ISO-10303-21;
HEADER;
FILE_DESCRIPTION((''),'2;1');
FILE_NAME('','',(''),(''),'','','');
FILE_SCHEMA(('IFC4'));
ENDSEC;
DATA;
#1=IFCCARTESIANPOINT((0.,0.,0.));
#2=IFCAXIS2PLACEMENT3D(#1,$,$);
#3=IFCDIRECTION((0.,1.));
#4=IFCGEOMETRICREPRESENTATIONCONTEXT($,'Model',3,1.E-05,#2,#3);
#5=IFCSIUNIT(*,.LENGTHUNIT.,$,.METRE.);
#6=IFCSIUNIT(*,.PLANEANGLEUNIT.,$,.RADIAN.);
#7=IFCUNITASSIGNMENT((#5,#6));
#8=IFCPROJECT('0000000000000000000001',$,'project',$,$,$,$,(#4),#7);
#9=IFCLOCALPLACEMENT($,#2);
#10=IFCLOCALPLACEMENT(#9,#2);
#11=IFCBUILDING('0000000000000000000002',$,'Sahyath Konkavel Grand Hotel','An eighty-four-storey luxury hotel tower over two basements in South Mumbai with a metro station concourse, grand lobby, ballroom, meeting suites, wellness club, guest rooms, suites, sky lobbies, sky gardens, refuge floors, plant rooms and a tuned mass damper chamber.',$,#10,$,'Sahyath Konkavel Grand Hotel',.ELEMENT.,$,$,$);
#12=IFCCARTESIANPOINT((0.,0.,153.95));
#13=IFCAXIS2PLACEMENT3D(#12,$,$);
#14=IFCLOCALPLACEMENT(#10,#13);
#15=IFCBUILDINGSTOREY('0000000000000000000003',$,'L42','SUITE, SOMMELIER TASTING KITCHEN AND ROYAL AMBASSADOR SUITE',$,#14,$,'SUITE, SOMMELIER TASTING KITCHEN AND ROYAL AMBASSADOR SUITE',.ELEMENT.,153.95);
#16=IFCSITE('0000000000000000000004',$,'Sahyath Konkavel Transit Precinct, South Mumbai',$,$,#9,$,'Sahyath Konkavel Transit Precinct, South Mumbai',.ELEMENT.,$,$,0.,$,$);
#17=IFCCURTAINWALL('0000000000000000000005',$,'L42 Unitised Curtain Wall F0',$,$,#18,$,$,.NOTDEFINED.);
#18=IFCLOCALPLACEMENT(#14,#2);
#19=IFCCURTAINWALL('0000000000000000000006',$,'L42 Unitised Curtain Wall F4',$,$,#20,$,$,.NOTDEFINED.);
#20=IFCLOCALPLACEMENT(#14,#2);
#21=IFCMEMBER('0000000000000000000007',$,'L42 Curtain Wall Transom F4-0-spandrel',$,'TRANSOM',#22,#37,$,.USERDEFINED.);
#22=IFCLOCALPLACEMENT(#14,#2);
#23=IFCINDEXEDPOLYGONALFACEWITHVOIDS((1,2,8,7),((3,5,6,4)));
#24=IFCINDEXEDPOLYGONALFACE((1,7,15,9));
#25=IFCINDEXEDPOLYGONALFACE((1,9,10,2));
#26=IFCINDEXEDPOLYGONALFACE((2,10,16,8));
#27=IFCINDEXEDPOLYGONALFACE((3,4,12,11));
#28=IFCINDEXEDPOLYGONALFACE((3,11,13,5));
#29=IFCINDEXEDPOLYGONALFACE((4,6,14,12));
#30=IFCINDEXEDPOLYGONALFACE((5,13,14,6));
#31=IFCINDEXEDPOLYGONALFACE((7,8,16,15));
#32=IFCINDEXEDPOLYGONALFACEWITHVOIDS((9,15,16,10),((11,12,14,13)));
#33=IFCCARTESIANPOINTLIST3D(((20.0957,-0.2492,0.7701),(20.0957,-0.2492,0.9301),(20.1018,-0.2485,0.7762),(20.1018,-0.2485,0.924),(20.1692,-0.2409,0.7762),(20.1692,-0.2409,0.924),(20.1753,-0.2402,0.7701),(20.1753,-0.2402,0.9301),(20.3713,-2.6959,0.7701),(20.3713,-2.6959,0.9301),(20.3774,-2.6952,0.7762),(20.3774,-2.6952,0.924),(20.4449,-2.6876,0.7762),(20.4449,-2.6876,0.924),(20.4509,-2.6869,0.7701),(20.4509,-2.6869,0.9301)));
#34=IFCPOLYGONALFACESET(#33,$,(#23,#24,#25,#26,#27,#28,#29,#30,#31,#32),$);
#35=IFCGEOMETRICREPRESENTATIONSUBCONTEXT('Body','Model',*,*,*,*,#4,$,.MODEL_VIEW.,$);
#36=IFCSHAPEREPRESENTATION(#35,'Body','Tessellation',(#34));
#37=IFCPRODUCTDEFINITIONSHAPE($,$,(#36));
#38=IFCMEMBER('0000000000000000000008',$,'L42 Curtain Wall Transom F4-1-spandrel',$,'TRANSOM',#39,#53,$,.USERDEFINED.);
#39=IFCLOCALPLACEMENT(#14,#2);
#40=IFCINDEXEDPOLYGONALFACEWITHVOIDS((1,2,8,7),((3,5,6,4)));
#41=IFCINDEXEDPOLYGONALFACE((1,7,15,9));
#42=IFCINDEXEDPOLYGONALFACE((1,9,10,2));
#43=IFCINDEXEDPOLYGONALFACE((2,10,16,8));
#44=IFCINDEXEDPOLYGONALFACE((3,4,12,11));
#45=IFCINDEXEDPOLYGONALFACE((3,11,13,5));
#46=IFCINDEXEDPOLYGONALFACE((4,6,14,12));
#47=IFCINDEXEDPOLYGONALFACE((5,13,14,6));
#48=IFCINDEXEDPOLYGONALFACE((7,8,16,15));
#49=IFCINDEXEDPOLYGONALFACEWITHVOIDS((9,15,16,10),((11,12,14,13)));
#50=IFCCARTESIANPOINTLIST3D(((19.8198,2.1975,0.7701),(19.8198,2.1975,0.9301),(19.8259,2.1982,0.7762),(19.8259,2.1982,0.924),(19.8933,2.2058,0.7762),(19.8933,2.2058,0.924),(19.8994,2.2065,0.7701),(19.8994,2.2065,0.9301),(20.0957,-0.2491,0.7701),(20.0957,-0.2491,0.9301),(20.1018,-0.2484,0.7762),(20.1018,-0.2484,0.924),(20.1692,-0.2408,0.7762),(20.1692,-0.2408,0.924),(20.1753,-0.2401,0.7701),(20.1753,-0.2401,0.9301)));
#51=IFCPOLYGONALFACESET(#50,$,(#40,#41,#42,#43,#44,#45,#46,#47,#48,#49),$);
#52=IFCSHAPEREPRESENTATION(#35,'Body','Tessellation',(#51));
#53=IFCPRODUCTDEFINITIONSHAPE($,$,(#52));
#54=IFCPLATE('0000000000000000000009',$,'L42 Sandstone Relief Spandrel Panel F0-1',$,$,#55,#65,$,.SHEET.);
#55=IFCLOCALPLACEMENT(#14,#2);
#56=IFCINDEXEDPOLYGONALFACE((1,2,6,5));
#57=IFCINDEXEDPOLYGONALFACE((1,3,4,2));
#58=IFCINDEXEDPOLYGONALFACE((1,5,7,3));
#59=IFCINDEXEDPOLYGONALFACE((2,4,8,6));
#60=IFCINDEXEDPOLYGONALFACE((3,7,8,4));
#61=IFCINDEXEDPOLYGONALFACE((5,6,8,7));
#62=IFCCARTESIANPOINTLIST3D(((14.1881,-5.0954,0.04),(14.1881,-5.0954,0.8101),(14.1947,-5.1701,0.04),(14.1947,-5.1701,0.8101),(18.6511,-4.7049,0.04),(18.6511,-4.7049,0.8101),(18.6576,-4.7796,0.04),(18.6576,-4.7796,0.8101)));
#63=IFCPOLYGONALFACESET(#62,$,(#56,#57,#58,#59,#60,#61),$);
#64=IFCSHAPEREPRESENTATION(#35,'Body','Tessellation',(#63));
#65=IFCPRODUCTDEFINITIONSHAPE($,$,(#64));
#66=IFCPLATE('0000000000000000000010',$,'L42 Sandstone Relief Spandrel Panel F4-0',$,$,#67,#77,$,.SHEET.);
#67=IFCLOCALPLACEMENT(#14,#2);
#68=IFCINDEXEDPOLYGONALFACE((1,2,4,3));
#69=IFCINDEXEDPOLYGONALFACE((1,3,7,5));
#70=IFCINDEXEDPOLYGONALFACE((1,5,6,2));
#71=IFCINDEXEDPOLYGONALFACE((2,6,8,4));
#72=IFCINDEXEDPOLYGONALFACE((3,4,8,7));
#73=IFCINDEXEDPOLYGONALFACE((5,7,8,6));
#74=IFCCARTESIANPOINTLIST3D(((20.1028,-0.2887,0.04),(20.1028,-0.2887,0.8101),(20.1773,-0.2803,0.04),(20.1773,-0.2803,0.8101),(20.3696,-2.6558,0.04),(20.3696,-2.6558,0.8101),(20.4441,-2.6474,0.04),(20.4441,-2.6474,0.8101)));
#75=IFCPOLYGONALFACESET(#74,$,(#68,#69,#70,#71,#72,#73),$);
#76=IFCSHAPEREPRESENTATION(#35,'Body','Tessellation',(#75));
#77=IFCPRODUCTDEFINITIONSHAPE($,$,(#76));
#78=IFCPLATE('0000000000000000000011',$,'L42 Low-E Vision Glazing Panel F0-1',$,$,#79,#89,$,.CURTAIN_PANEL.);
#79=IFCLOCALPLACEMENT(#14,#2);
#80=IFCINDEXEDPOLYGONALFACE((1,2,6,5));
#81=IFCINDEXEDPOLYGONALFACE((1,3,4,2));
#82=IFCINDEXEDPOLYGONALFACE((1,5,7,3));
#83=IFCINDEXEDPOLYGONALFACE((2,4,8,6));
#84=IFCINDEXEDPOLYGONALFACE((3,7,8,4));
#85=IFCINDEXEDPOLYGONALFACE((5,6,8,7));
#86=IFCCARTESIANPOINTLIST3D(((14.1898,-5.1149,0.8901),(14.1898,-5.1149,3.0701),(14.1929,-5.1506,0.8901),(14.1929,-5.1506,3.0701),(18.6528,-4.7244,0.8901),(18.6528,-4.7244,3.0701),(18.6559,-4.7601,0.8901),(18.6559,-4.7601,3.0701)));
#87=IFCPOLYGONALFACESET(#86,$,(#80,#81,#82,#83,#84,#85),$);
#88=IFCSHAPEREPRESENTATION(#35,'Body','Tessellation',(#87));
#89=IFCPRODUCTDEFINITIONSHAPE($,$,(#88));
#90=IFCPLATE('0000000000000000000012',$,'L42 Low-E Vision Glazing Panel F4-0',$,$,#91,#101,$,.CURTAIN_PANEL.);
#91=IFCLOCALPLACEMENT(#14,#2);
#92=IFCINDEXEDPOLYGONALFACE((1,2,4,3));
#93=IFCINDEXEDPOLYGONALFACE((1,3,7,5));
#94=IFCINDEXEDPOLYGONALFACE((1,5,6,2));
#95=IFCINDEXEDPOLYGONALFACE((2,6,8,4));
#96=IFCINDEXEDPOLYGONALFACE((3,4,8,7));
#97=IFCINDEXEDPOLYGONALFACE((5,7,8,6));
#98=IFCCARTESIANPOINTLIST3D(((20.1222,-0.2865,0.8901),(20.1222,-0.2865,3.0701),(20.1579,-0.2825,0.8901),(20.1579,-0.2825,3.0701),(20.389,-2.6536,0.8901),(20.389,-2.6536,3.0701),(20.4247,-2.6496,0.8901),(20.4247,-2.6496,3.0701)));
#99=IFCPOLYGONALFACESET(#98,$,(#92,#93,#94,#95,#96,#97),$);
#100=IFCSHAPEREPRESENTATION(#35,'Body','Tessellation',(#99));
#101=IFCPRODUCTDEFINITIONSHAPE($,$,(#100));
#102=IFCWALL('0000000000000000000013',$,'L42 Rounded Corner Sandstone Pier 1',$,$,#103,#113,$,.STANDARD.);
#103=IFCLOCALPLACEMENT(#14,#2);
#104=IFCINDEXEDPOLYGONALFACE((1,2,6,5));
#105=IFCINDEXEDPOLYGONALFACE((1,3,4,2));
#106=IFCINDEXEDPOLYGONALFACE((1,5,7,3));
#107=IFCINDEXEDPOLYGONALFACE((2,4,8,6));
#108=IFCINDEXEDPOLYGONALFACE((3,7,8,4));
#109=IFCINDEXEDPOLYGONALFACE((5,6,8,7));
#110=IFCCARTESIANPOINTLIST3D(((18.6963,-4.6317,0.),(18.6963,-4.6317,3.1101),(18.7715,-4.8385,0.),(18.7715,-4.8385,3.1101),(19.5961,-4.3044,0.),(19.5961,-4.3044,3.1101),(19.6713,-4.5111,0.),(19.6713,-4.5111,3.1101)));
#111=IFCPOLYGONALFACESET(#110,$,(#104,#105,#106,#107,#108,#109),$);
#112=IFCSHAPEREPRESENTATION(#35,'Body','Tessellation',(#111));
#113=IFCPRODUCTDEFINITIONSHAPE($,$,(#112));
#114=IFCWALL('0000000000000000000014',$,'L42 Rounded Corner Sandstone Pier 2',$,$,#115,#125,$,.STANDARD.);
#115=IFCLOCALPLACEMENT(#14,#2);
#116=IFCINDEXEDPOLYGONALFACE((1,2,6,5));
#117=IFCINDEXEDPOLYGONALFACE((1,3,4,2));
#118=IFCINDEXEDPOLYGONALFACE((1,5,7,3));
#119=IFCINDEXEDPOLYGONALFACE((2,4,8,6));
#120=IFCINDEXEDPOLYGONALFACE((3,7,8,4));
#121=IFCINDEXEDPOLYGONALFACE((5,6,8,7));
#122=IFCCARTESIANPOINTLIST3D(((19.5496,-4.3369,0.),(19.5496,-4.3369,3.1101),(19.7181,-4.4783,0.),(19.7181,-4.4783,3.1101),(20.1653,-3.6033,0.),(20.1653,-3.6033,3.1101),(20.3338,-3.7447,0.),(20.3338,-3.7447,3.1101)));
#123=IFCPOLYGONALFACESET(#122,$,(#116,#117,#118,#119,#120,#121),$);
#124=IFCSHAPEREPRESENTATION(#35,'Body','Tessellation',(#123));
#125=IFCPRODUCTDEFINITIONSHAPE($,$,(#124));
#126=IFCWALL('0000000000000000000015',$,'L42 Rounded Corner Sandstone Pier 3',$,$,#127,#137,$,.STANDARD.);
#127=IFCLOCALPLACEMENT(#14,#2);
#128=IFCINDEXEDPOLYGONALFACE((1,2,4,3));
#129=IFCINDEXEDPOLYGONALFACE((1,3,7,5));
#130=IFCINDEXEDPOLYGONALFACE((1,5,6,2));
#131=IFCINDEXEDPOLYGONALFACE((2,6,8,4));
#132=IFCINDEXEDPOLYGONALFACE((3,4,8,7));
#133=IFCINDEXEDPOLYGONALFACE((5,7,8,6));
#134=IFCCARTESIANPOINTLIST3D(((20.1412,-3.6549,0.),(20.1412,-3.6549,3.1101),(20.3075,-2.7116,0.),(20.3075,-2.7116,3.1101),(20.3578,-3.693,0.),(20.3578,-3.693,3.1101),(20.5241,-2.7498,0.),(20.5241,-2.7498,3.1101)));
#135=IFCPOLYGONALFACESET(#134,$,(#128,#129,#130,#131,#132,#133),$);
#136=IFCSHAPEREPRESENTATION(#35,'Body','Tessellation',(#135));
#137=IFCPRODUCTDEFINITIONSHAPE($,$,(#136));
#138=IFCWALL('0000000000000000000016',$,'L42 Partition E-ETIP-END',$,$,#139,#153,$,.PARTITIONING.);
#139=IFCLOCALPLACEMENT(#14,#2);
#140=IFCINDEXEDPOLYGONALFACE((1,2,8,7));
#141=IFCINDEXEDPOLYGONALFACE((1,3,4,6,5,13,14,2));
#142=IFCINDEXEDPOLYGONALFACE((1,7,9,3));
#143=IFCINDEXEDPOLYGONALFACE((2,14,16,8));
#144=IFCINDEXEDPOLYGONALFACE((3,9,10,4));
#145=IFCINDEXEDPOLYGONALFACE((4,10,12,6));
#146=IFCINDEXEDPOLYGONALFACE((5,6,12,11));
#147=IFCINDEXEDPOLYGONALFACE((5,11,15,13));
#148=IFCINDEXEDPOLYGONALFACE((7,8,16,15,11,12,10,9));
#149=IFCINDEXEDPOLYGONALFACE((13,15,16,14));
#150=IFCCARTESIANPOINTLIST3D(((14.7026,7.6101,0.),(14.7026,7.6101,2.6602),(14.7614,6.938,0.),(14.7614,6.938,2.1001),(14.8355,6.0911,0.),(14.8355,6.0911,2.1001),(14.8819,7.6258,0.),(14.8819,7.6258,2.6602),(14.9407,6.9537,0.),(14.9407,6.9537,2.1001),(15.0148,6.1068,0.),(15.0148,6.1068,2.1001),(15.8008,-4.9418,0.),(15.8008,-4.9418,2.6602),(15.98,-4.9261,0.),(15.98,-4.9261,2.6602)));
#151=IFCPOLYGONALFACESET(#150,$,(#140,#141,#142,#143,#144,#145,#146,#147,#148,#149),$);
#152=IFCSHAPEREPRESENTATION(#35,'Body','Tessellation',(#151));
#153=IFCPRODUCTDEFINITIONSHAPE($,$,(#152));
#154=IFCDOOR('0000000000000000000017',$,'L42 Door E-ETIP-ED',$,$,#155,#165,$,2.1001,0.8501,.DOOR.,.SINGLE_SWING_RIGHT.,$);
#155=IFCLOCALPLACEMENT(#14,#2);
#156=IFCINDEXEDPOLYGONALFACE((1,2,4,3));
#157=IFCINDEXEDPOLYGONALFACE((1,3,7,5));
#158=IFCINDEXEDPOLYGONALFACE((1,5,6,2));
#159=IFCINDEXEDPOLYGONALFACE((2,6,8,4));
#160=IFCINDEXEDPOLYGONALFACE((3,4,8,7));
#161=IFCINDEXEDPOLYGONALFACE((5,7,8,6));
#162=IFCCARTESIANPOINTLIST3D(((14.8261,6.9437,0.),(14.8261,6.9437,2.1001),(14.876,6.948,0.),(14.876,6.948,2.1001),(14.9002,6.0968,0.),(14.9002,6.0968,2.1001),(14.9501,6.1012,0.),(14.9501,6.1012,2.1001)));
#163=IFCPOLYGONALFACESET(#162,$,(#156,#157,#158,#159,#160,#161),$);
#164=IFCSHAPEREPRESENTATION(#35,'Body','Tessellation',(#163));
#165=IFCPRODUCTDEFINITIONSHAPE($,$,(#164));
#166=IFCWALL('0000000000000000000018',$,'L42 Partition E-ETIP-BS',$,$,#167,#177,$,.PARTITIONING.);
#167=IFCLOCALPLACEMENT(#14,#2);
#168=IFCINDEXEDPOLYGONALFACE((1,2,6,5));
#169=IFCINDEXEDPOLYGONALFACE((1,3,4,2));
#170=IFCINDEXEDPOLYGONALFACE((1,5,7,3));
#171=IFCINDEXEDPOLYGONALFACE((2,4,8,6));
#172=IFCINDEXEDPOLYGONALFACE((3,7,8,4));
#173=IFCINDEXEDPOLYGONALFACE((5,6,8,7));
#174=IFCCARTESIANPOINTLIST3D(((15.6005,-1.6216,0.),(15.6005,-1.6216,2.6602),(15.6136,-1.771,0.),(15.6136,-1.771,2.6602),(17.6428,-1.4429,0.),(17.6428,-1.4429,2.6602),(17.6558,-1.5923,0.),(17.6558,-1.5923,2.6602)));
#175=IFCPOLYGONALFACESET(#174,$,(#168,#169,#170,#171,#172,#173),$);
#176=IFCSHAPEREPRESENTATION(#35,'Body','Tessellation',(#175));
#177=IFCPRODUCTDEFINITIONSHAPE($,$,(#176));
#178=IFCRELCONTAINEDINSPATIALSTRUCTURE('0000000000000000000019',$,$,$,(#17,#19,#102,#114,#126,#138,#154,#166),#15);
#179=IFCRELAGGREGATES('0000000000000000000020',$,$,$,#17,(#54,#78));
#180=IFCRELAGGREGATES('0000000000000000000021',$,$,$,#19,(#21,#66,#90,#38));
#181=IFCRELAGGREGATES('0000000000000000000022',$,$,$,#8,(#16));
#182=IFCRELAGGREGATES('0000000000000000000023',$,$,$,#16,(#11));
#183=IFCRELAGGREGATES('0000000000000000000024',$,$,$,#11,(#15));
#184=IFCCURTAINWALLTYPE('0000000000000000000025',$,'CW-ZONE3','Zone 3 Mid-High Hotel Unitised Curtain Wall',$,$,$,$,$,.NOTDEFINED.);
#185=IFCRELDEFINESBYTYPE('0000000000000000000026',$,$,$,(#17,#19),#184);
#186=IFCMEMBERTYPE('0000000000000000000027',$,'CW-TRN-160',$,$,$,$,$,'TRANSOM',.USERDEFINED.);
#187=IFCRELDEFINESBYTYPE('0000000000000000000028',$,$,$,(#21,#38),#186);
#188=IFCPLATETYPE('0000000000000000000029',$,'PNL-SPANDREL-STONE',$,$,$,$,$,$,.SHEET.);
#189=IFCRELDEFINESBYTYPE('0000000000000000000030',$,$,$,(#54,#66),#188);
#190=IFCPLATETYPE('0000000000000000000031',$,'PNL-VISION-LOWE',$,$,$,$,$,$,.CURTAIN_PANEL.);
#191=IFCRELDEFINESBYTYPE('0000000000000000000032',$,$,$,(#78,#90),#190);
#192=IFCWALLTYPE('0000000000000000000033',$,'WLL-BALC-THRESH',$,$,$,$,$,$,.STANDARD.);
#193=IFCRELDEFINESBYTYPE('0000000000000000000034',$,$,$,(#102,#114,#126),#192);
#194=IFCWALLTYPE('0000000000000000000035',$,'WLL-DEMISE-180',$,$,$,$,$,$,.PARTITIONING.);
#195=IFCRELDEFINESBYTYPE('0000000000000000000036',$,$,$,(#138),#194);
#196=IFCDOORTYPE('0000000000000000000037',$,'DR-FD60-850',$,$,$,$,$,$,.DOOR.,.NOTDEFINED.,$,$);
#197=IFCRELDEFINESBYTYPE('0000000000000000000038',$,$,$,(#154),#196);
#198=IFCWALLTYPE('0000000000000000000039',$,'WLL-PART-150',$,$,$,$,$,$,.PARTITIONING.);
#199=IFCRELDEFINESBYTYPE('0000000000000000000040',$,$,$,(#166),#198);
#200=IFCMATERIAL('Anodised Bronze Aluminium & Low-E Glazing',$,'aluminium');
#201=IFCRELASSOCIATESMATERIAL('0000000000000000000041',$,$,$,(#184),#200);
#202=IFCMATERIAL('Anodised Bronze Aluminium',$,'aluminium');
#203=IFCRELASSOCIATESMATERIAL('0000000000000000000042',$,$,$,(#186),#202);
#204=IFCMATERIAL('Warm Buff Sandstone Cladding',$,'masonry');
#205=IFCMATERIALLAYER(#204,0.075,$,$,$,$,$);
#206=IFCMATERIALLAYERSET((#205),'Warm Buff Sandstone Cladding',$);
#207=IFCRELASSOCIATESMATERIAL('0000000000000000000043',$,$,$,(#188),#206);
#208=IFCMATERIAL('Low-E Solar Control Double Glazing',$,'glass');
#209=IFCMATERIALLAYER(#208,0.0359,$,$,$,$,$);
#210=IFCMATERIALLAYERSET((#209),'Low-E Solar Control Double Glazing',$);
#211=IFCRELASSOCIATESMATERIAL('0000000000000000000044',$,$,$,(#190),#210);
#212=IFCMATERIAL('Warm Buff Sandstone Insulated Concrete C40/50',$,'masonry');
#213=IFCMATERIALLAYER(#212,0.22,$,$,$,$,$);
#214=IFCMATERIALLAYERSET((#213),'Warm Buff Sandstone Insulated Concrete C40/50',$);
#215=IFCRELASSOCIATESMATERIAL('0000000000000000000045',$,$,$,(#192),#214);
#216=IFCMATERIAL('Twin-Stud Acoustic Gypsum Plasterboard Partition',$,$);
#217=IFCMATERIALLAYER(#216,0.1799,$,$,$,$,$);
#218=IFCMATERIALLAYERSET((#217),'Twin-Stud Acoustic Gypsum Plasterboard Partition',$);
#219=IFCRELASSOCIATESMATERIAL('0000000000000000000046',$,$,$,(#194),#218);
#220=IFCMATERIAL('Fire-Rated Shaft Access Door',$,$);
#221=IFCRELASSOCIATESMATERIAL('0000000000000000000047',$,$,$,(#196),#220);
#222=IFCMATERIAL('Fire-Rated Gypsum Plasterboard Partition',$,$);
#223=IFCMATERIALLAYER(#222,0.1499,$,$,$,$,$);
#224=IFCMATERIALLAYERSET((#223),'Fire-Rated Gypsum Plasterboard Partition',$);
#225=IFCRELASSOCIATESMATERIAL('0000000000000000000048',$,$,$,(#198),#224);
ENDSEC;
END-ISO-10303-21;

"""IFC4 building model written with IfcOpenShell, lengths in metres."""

from ifc_helpers import new_model, si_unit, direction, frame, frame_2d, origin, origin_2d, place, context, subcontext, project, spatial, rectangle, hollow_rectangle, extrude, source, transform, mapped, material, layer, layer_set, material_profile, profile_set, type_object, element, fill, aggregate, save


model = new_model("IFC4")

# Units and contexts
model_context = context("Model", 3, precision=1e-05, world=origin(), true_north=direction((0.0, 1.0)))
body_context = subcontext(model_context, "Body", "Model", "MODEL_VIEW")
ifc_project = project(units=[si_unit("LENGTHUNIT", "METRE"), si_unit("PLANEANGLEUNIT", "RADIAN")], contexts=[model_context])

# Site, building, storey
site_placement = place(None, origin())
site = spatial("IfcSite", under=ifc_project, at=site_placement, Name="Sahyath Konkavel Transit Precinct, South Mumbai", LongName="Sahyath Konkavel Transit Precinct, South Mumbai", CompositionType="ELEMENT", RefElevation=0.0)
building_placement = place(site_placement, origin())
building = spatial("IfcBuilding", under=site, at=building_placement, Name="Sahyath Konkavel Grand Hotel", Description="An eighty-four-storey luxury hotel tower over two basements in South Mumbai with a metro station concourse, grand lobby, ballroom, meeting suites, wellness club, guest rooms, suites, sky lobbies, sky gardens, refuge floors, plant rooms and a tuned mass damper chamber.", LongName="Sahyath Konkavel Grand Hotel", CompositionType="ELEMENT")
storey_placement = place(building_placement, frame((0.0, 0.0, 153.95)))
storey = spatial("IfcBuildingStorey", under=building, at=storey_placement, Name="L42", Description="SUITE, SOMMELIER TASTING KITCHEN AND ROYAL AMBASSADOR SUITE", LongName="SUITE, SOMMELIER TASTING KITCHEN AND ROYAL AMBASSADOR SUITE", CompositionType="ELEMENT", Elevation=153.95)

# Curtain walls
ifc_material_1 = material(Name="Anodised Bronze Aluminium & Low-E Glazing", Category="aluminium")
curtain_wall_type = type_object("IfcCurtainWallType", Name="CW-ZONE3", Description="Zone 3 Mid-High Hotel Unitised Curtain Wall", PredefinedType="NOTDEFINED", material=ifc_material_1)
curtain_wall_1_placement = place(storey_placement, origin())
curtain_wall_1 = element("IfcCurtainWall", 1, at=curtain_wall_1_placement, inside=storey, type_object=curtain_wall_type, Name="L42 Unitised Curtain Wall F0", PredefinedType="NOTDEFINED")
ifc_material_2 = material(Name="Anodised Bronze Aluminium", Category="aluminium")
curtain_wall_2_placement = place(storey_placement, origin())
curtain_wall_2 = element("IfcCurtainWall", 2, at=curtain_wall_2_placement, inside=storey, type_object=curtain_wall_type, Name="L42 Unitised Curtain Wall F4", PredefinedType="NOTDEFINED")

# Members
ifc_material_profile_1 = material_profile(ifc_material_2, hollow_rectangle(XDim=0.0801, YDim=0.1599, WallThickness=0.0061, at=origin_2d()), Name="RHS 160x80x6")
ifc_profile_set_1 = profile_set([ifc_material_profile_1], Name="Anodised Bronze Aluminium")
member_type_1 = type_object("IfcMemberType", Name="CW-TRN-160", ElementType="TRANSOM", PredefinedType="USERDEFINED", material=ifc_profile_set_1)
shared_shape_1 = source(origin(), body_context, "Body", "SweptSolid", [
    extrude(hollow_rectangle(XDim=0.0801, YDim=0.1599, WallThickness=0.0061, at=origin_2d()), origin(), (0.0, 0.0, 1.0), 2.4622),
])
member_1_placement = place(storey_placement, frame((20.4111, -2.6914, 0.8501), z_axis=(-0.111944, 0.993715, 0.0), x_axis=(-0.993715, -0.111944, 0.0)))
member_1 = element("IfcMember", 3, at=member_1_placement, type_object=member_type_1, Name="L42 Curtain Wall Transom F4-0-spandrel", ObjectType="TRANSOM", PredefinedType="USERDEFINED", context=body_context, shape_type="MappedRepresentation", body=[
    mapped(shared_shape_1, transform((0.0, 0.0, 0.0), scale=1.0)),
])
member_2_placement = place(storey_placement, frame((20.1355, -0.2446, 0.8501), z_axis=(-0.112053, 0.993702, 0.0), x_axis=(-0.993702, -0.112053, 0.0)))
member_2 = element("IfcMember", 4, at=member_2_placement, type_object=member_type_1, Name="L42 Curtain Wall Transom F4-1-spandrel", ObjectType="TRANSOM", PredefinedType="USERDEFINED", context=body_context, shape_type="MappedRepresentation", body=[
    mapped(shared_shape_1, transform((0.0, 0.0, 0.0), scale=1.0)),
])

# Plates
ifc_material_3 = material(Name="Warm Buff Sandstone Cladding", Category="masonry")
ifc_layer_1 = layer(ifc_material_3, 0.075)
ifc_layer_set_1 = layer_set([ifc_layer_1], Name="Warm Buff Sandstone Cladding")
plate_type_1 = type_object("IfcPlateType", Name="PNL-SPANDREL-STONE", PredefinedType="SHEET", material=ifc_layer_set_1)
shared_shape_2 = source(origin(), body_context, "Body", "SweptSolid", [
    extrude(rectangle(XDim=4.48, YDim=0.075, at=origin_2d()), origin(), (0.0, 0.0, 1.0), 0.77),
])
plate_1_placement = place(storey_placement, frame((16.4229, -4.9375, 0.04), z_axis=(0.0, 0.0, 1.0), x_axis=(0.996195, 0.087156, 0.0)))
plate_1 = element("IfcPlate", 5, at=plate_1_placement, type_object=plate_type_1, Name="L42 Sandstone Relief Spandrel Panel F0-1", PredefinedType="SHEET", context=body_context, shape_type="MappedRepresentation", body=[
    mapped(shared_shape_2, transform((0.0, 0.0, 0.0), scale=1.0)),
])
shared_shape_3 = source(origin(), body_context, "Body", "SweptSolid", [
    extrude(rectangle(XDim=2.3821, YDim=0.075, at=origin_2d()), origin(), (0.0, 0.0, 1.0), 0.77),
])
plate_2_placement = place(storey_placement, frame((20.2734, -1.468, 0.04), z_axis=(0.0, 0.0, 1.0), x_axis=(-0.111989, 0.993709, 0.0)))
plate_2 = element("IfcPlate", 6, at=plate_2_placement, type_object=plate_type_1, Name="L42 Sandstone Relief Spandrel Panel F4-0", PredefinedType="SHEET", context=body_context, shape_type="MappedRepresentation", body=[
    mapped(shared_shape_3, transform((0.0, 0.0, 0.0), scale=1.0)),
])
ifc_material_4 = material(Name="Low-E Solar Control Double Glazing", Category="glass")
ifc_layer_2 = layer(ifc_material_4, 0.0359)
ifc_layer_set_2 = layer_set([ifc_layer_2], Name="Low-E Solar Control Double Glazing")
plate_type_2 = type_object("IfcPlateType", Name="PNL-VISION-LOWE", PredefinedType="CURTAIN_PANEL", material=ifc_layer_set_2)
shared_shape_4 = source(origin(), body_context, "Body", "SweptSolid", [
    extrude(rectangle(XDim=4.48, YDim=0.0359, at=origin_2d()), origin(), (0.0, 0.0, 1.0), 2.1799),
])
plate_3_placement = place(storey_placement, frame((16.4229, -4.9375, 0.8901), z_axis=(0.0, 0.0, 1.0), x_axis=(0.996195, 0.087156, 0.0)))
plate_3 = element("IfcPlate", 7, at=plate_3_placement, type_object=plate_type_2, Name="L42 Low-E Vision Glazing Panel F0-1", PredefinedType="CURTAIN_PANEL", context=body_context, shape_type="MappedRepresentation", body=[
    mapped(shared_shape_4, transform((0.0, 0.0, 0.0), scale=1.0)),
])
aggregate(curtain_wall_1, [plate_1, plate_3])
shared_shape_5 = source(origin(), body_context, "Body", "SweptSolid", [
    extrude(rectangle(XDim=2.3821, YDim=0.0359, at=origin_2d()), origin(), (0.0, 0.0, 1.0), 2.1799),
])
plate_4_placement = place(storey_placement, frame((20.2734, -1.468, 0.8901), z_axis=(0.0, 0.0, 1.0), x_axis=(-0.111989, 0.993709, 0.0)))
plate_4 = element("IfcPlate", 8, at=plate_4_placement, type_object=plate_type_2, Name="L42 Low-E Vision Glazing Panel F4-0", PredefinedType="CURTAIN_PANEL", context=body_context, shape_type="MappedRepresentation", body=[
    mapped(shared_shape_5, transform((0.0, 0.0, 0.0), scale=1.0)),
])
aggregate(curtain_wall_2, [member_1, plate_2, plate_4, member_2])

# Walls
ifc_material_5 = material(Name="Warm Buff Sandstone Insulated Concrete C40/50", Category="masonry")
ifc_layer_3 = layer(ifc_material_5, 0.22)
ifc_layer_set_3 = layer_set([ifc_layer_3], Name="Warm Buff Sandstone Insulated Concrete C40/50")
wall_type_1 = type_object("IfcWallType", Name="WLL-BALC-THRESH", PredefinedType="STANDARD", material=ifc_layer_set_3)
wall_1_placement = place(storey_placement, frame((18.7339, -4.7351, 0.0), z_axis=(0.0, 0.0, 1.0), x_axis=(0.939741, 0.341886, 0.0)))
element("IfcWall", 9, at=wall_1_placement, inside=storey, type_object=wall_type_1, Name="L42 Rounded Corner Sandstone Pier 1", PredefinedType="STANDARD", context=body_context, shape_type="SweptSolid", body=[
    extrude(rectangle(XDim=0.9575, YDim=0.22, at=frame_2d((0.4788, 0.0))), origin(), (0.0, 0.0, 1.0), 3.1101),
])
for number, where, z_axis, x_axis, name in (
    (10, (19.6338, -4.4077, 0.0), (0.0, 0.0, 1.0), (0.642863, 0.765981, 0.0), "L42 Rounded Corner Sandstone Pier 2"),
    (11, (20.2495, -3.6741, 0.0), (0.0, 0.0, 1.0), (0.173611, 0.984814, 0.0), "L42 Rounded Corner Sandstone Pier 3"),
):
    element("IfcWall", number, at=place(storey_placement, frame(where, z_axis=z_axis, x_axis=x_axis)), inside=storey, type_object=wall_type_1, Name=name, PredefinedType="STANDARD", context=body_context, shape_type="SweptSolid", body=[
        extrude(rectangle(XDim=0.9578, YDim=0.22, at=frame_2d((0.479, 0.0))), origin(), (0.0, 0.0, 1.0), 3.1101),
    ])

# Wall, opening, door
ifc_material_6 = material(Name="Twin-Stud Acoustic Gypsum Plasterboard Partition")
ifc_layer_4 = layer(ifc_material_6, 0.1799)
ifc_layer_set_4 = layer_set([ifc_layer_4], Name="Twin-Stud Acoustic Gypsum Plasterboard Partition")
wall_type_2 = type_object("IfcWallType", Name="WLL-DEMISE-180", PredefinedType="PARTITIONING", material=ifc_layer_set_4)
wall_2_placement = place(storey_placement, frame((15.8904, -4.9338, 0.0), z_axis=(0.0, 0.0, 1.0), x_axis=(-0.087155, 0.996195, 0.0)))
wall_2 = element("IfcWall", 12, at=wall_2_placement, inside=storey, type_object=wall_type_2, Name="L42 Partition E-ETIP-END", PredefinedType="PARTITIONING", context=body_context, shape_type="SweptSolid", body=[
    extrude(rectangle(XDim=12.5999, YDim=0.1799, at=frame_2d((6.2998, 0.0))), origin(), (0.0, 0.0, 1.0), 2.6602),
])
opening_1_placement = place(wall_2_placement, frame((11.075, 0.0, 0.0)))
opening_1 = element("IfcOpeningElement", 13, at=opening_1_placement, cuts=wall_2, PredefinedType="OPENING", context=body_context, shape_type="SweptSolid", body=[
    extrude(rectangle(XDim=0.8501, YDim=2.1001, at=frame_2d((0.425, 1.05))), frame((0.0, 0.1001, 0.0), z_axis=(0.0, -1.0, 0.0), x_axis=(1.0, 0.0, 0.0)), (0.0, 0.0, 1.0), 0.2),
])
ifc_material_7 = material(Name="Fire-Rated Shaft Access Door")
door_type_1 = type_object("IfcDoorType", Name="DR-FD60-850", OperationType="NOTDEFINED", PredefinedType="DOOR", material=ifc_material_7)
shared_shape_6 = source(origin(), body_context, "Body", "SweptSolid", [
    extrude(rectangle(XDim=0.8501, YDim=0.05, at=origin_2d()), origin(), (0.0, 0.0, 1.0), 2.1001),
])
door_1_placement = place(opening_1_placement, frame((0.425, 0.0, 0.0)))
door_1 = element("IfcDoor", 14, at=door_1_placement, inside=storey, type_object=door_type_1, Name="L42 Door E-ETIP-ED", OperationType="SINGLE_SWING_RIGHT", OverallHeight=2.1001, OverallWidth=0.8501, PredefinedType="DOOR", context=body_context, shape_type="MappedRepresentation", body=[
    mapped(shared_shape_6, transform((0.0, 0.0, 0.0), scale=1.0)),
])
fill(opening_1, door_1)

# Wall
ifc_material_8 = material(Name="Fire-Rated Gypsum Plasterboard Partition")
ifc_layer_5 = layer(ifc_material_8, 0.1499)
ifc_layer_set_5 = layer_set([ifc_layer_5], Name="Fire-Rated Gypsum Plasterboard Partition")
wall_type_3 = type_object("IfcWallType", Name="WLL-PART-150", PredefinedType="PARTITIONING", material=ifc_layer_set_5)
wall_3_placement = place(storey_placement, frame((15.6072, -1.6963, 0.0), z_axis=(0.0, 0.0, 1.0), x_axis=(0.996193, 0.087174, 0.0)))
element("IfcWall", 15, at=wall_3_placement, inside=storey, type_object=wall_type_3, Name="L42 Partition E-ETIP-BS", PredefinedType="PARTITIONING", context=body_context, shape_type="SweptSolid", body=[
    extrude(rectangle(XDim=2.05, YDim=0.1499, at=frame_2d((1.0249, 0.0))), origin(), (0.0, 0.0, 1.0), 2.6602),
])

save(model, "model.ifc")
